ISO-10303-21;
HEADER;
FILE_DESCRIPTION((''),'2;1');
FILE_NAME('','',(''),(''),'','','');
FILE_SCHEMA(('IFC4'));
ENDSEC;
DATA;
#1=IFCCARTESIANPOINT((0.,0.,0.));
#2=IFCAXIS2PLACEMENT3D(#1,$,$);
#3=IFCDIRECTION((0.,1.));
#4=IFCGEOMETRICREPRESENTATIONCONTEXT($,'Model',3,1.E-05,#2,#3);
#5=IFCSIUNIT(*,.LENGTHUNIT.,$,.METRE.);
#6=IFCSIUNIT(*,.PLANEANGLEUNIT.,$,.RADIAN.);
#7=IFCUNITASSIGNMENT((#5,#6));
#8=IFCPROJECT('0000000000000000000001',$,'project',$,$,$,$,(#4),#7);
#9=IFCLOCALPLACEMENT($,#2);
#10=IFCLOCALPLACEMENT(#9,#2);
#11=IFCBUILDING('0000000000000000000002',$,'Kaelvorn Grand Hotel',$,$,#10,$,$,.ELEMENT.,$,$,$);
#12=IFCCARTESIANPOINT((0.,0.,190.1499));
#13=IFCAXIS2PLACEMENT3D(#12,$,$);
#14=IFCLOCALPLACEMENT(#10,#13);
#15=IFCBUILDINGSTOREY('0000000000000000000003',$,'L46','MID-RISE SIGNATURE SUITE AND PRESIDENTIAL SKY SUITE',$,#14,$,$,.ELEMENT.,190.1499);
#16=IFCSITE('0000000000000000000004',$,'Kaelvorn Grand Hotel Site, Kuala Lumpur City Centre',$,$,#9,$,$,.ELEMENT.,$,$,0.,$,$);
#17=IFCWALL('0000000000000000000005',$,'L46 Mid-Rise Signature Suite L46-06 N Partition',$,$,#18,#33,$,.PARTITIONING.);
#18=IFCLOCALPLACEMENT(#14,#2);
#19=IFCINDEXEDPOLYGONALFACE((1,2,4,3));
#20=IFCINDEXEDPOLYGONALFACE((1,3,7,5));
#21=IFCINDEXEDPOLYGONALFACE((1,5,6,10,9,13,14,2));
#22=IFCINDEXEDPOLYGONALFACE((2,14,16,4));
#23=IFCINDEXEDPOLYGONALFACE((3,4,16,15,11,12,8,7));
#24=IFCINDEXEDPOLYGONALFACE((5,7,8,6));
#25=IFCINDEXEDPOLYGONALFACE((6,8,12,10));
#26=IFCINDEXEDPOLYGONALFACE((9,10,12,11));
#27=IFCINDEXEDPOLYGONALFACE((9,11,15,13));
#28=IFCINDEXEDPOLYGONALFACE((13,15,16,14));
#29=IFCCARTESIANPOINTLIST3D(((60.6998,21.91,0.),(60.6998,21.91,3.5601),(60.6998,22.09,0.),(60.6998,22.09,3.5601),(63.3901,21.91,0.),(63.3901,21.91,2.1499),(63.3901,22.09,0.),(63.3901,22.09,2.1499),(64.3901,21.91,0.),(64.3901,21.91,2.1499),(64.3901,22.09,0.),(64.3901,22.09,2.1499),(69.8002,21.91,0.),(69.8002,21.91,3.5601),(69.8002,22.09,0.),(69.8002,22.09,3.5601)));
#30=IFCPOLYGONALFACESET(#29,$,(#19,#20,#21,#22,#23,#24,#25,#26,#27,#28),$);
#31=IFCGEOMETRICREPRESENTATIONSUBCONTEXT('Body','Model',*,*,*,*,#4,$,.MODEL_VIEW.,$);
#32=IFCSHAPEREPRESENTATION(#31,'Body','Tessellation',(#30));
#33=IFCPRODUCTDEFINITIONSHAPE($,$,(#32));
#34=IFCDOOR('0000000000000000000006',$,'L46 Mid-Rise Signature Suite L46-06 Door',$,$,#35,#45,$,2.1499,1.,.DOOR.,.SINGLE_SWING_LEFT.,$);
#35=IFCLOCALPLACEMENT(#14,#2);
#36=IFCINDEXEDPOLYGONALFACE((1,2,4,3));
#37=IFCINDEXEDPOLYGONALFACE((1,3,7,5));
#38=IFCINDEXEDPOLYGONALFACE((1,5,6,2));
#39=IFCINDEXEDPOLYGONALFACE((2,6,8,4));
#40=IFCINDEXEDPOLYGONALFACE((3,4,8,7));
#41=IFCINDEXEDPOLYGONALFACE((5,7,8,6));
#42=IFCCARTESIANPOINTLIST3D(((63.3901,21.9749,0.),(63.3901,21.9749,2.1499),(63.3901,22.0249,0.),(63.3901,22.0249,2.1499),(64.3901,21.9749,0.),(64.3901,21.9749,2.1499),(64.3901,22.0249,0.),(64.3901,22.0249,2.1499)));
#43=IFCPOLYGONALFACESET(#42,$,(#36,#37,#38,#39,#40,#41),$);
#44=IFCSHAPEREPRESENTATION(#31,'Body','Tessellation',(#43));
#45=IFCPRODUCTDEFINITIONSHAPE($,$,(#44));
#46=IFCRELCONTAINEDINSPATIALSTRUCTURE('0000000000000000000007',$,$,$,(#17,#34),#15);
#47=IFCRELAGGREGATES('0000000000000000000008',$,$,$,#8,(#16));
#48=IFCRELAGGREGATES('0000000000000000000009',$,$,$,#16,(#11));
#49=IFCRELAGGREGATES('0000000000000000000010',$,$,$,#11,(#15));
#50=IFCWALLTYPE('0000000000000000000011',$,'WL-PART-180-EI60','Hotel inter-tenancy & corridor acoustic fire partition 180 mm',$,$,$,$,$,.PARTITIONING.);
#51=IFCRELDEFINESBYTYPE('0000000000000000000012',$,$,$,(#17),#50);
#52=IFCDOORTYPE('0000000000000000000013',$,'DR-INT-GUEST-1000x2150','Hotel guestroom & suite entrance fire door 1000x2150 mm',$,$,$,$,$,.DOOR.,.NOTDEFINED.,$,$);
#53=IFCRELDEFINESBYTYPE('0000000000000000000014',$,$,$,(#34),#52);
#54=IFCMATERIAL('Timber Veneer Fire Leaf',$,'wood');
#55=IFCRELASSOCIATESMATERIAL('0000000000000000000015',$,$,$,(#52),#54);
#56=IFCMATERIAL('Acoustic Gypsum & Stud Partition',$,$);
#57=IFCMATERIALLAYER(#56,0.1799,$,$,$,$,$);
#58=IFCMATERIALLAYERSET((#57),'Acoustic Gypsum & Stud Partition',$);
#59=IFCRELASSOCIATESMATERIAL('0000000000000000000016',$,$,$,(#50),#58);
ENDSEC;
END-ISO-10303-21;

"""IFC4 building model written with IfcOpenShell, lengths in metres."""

from ifc_helpers import new_model, si_unit, direction, frame, frame_2d, origin, place, context, subcontext, project, spatial, rectangle, extrude, material, layer, layer_set, type_object, element, fill, save


model = new_model("IFC4")

# Units and contexts
model_context = context("Model", 3, precision=1e-05, world=origin(), true_north=direction((0.0, 1.0)))
body_context = subcontext(model_context, "Body", "Model", "MODEL_VIEW")
ifc_project = project(units=[si_unit("LENGTHUNIT", "METRE"), si_unit("PLANEANGLEUNIT", "RADIAN")], contexts=[model_context])

# Site, building, storey
site_placement = place(None, origin())
site = spatial("IfcSite", under=ifc_project, at=site_placement, Name="Kaelvorn Grand Hotel Site, Kuala Lumpur City Centre", CompositionType="ELEMENT", RefElevation=0.0)
building_placement = place(site_placement, origin())
building = spatial("IfcBuilding", under=site, at=building_placement, Name="Kaelvorn Grand Hotel", CompositionType="ELEMENT")
storey_placement = place(building_placement, frame((0.0, 0.0, 190.1499)))
storey = spatial("IfcBuildingStorey", under=building, at=storey_placement, Name="L46", Description="MID-RISE SIGNATURE SUITE AND PRESIDENTIAL SKY SUITE", CompositionType="ELEMENT", Elevation=190.1499)

# Shared definitions
ifc_material_1 = material(Name="Acoustic Gypsum & Stud Partition")
ifc_material_2 = material(Name="Timber Veneer Fire Leaf", Category="wood")
door_type_1 = type_object("IfcDoorType", Name="DR-INT-GUEST-1000x2150", Description="Hotel guestroom & suite entrance fire door 1000x2150 mm", OperationType="NOTDEFINED", PredefinedType="DOOR", material=ifc_material_2)

# Wall, opening, door
ifc_layer_1 = layer(ifc_material_1, 0.1799)
ifc_layer_set_1 = layer_set([ifc_layer_1], Name="Acoustic Gypsum & Stud Partition")
wall_type_1 = type_object("IfcWallType", Name="WL-PART-180-EI60", Description="Hotel inter-tenancy & corridor acoustic fire partition 180 mm", PredefinedType="PARTITIONING", material=ifc_layer_set_1)
wall_1_placement = place(storey_placement, frame((60.6997, 22.0, 0.0), z_axis=(0.0, 0.0, 1.0), x_axis=(1.0, 0.0, 0.0)))
wall_1 = element("IfcWall", 1, at=wall_1_placement, inside=storey, type_object=wall_type_1, Name="L46 Mid-Rise Signature Suite L46-06 N Partition", PredefinedType="PARTITIONING", context=body_context, shape_type="SweptSolid", body=[
    extrude(rectangle(XDim=9.1003, YDim=0.1799, at=frame_2d((4.5503, 0.0))), origin(), (0.0, 0.0, 1.0), 3.5601),
])
opening_1_placement = place(wall_1_placement, frame((2.6904, 0.0, 0.0)))
opening_1 = element("IfcOpeningElement", 2, at=opening_1_placement, cuts=wall_1, PredefinedType="OPENING", context=body_context, shape_type="SweptSolid", body=[
    extrude(rectangle(XDim=1.0, YDim=2.1499, at=frame_2d((0.5, 1.075))), frame((0.0, 0.1001, 0.0), z_axis=(0.0, -1.0, 0.0), x_axis=(1.0, 0.0, 0.0)), (0.0, 0.0, 1.0), 0.2),
])
door_1_placement = place(opening_1_placement, origin())
door_1 = element("IfcDoor", 3, at=door_1_placement, inside=storey, type_object=door_type_1, Name="L46 Mid-Rise Signature Suite L46-06 Door", OperationType="SINGLE_SWING_LEFT", OverallHeight=2.1499, OverallWidth=1.0, PredefinedType="DOOR", context=body_context, shape_type="SweptSolid", body=[
    extrude(rectangle(XDim=1.0, YDim=2.1499, at=frame_2d((0.5, 1.075))), frame((0.0, 0.0249, 0.0), z_axis=(0.0, -1.0, 0.0), x_axis=(1.0, 0.0, 0.0)), (0.0, 0.0, 1.0), 0.05),
])
fill(opening_1, door_1)

save(model, "model.ifc")
